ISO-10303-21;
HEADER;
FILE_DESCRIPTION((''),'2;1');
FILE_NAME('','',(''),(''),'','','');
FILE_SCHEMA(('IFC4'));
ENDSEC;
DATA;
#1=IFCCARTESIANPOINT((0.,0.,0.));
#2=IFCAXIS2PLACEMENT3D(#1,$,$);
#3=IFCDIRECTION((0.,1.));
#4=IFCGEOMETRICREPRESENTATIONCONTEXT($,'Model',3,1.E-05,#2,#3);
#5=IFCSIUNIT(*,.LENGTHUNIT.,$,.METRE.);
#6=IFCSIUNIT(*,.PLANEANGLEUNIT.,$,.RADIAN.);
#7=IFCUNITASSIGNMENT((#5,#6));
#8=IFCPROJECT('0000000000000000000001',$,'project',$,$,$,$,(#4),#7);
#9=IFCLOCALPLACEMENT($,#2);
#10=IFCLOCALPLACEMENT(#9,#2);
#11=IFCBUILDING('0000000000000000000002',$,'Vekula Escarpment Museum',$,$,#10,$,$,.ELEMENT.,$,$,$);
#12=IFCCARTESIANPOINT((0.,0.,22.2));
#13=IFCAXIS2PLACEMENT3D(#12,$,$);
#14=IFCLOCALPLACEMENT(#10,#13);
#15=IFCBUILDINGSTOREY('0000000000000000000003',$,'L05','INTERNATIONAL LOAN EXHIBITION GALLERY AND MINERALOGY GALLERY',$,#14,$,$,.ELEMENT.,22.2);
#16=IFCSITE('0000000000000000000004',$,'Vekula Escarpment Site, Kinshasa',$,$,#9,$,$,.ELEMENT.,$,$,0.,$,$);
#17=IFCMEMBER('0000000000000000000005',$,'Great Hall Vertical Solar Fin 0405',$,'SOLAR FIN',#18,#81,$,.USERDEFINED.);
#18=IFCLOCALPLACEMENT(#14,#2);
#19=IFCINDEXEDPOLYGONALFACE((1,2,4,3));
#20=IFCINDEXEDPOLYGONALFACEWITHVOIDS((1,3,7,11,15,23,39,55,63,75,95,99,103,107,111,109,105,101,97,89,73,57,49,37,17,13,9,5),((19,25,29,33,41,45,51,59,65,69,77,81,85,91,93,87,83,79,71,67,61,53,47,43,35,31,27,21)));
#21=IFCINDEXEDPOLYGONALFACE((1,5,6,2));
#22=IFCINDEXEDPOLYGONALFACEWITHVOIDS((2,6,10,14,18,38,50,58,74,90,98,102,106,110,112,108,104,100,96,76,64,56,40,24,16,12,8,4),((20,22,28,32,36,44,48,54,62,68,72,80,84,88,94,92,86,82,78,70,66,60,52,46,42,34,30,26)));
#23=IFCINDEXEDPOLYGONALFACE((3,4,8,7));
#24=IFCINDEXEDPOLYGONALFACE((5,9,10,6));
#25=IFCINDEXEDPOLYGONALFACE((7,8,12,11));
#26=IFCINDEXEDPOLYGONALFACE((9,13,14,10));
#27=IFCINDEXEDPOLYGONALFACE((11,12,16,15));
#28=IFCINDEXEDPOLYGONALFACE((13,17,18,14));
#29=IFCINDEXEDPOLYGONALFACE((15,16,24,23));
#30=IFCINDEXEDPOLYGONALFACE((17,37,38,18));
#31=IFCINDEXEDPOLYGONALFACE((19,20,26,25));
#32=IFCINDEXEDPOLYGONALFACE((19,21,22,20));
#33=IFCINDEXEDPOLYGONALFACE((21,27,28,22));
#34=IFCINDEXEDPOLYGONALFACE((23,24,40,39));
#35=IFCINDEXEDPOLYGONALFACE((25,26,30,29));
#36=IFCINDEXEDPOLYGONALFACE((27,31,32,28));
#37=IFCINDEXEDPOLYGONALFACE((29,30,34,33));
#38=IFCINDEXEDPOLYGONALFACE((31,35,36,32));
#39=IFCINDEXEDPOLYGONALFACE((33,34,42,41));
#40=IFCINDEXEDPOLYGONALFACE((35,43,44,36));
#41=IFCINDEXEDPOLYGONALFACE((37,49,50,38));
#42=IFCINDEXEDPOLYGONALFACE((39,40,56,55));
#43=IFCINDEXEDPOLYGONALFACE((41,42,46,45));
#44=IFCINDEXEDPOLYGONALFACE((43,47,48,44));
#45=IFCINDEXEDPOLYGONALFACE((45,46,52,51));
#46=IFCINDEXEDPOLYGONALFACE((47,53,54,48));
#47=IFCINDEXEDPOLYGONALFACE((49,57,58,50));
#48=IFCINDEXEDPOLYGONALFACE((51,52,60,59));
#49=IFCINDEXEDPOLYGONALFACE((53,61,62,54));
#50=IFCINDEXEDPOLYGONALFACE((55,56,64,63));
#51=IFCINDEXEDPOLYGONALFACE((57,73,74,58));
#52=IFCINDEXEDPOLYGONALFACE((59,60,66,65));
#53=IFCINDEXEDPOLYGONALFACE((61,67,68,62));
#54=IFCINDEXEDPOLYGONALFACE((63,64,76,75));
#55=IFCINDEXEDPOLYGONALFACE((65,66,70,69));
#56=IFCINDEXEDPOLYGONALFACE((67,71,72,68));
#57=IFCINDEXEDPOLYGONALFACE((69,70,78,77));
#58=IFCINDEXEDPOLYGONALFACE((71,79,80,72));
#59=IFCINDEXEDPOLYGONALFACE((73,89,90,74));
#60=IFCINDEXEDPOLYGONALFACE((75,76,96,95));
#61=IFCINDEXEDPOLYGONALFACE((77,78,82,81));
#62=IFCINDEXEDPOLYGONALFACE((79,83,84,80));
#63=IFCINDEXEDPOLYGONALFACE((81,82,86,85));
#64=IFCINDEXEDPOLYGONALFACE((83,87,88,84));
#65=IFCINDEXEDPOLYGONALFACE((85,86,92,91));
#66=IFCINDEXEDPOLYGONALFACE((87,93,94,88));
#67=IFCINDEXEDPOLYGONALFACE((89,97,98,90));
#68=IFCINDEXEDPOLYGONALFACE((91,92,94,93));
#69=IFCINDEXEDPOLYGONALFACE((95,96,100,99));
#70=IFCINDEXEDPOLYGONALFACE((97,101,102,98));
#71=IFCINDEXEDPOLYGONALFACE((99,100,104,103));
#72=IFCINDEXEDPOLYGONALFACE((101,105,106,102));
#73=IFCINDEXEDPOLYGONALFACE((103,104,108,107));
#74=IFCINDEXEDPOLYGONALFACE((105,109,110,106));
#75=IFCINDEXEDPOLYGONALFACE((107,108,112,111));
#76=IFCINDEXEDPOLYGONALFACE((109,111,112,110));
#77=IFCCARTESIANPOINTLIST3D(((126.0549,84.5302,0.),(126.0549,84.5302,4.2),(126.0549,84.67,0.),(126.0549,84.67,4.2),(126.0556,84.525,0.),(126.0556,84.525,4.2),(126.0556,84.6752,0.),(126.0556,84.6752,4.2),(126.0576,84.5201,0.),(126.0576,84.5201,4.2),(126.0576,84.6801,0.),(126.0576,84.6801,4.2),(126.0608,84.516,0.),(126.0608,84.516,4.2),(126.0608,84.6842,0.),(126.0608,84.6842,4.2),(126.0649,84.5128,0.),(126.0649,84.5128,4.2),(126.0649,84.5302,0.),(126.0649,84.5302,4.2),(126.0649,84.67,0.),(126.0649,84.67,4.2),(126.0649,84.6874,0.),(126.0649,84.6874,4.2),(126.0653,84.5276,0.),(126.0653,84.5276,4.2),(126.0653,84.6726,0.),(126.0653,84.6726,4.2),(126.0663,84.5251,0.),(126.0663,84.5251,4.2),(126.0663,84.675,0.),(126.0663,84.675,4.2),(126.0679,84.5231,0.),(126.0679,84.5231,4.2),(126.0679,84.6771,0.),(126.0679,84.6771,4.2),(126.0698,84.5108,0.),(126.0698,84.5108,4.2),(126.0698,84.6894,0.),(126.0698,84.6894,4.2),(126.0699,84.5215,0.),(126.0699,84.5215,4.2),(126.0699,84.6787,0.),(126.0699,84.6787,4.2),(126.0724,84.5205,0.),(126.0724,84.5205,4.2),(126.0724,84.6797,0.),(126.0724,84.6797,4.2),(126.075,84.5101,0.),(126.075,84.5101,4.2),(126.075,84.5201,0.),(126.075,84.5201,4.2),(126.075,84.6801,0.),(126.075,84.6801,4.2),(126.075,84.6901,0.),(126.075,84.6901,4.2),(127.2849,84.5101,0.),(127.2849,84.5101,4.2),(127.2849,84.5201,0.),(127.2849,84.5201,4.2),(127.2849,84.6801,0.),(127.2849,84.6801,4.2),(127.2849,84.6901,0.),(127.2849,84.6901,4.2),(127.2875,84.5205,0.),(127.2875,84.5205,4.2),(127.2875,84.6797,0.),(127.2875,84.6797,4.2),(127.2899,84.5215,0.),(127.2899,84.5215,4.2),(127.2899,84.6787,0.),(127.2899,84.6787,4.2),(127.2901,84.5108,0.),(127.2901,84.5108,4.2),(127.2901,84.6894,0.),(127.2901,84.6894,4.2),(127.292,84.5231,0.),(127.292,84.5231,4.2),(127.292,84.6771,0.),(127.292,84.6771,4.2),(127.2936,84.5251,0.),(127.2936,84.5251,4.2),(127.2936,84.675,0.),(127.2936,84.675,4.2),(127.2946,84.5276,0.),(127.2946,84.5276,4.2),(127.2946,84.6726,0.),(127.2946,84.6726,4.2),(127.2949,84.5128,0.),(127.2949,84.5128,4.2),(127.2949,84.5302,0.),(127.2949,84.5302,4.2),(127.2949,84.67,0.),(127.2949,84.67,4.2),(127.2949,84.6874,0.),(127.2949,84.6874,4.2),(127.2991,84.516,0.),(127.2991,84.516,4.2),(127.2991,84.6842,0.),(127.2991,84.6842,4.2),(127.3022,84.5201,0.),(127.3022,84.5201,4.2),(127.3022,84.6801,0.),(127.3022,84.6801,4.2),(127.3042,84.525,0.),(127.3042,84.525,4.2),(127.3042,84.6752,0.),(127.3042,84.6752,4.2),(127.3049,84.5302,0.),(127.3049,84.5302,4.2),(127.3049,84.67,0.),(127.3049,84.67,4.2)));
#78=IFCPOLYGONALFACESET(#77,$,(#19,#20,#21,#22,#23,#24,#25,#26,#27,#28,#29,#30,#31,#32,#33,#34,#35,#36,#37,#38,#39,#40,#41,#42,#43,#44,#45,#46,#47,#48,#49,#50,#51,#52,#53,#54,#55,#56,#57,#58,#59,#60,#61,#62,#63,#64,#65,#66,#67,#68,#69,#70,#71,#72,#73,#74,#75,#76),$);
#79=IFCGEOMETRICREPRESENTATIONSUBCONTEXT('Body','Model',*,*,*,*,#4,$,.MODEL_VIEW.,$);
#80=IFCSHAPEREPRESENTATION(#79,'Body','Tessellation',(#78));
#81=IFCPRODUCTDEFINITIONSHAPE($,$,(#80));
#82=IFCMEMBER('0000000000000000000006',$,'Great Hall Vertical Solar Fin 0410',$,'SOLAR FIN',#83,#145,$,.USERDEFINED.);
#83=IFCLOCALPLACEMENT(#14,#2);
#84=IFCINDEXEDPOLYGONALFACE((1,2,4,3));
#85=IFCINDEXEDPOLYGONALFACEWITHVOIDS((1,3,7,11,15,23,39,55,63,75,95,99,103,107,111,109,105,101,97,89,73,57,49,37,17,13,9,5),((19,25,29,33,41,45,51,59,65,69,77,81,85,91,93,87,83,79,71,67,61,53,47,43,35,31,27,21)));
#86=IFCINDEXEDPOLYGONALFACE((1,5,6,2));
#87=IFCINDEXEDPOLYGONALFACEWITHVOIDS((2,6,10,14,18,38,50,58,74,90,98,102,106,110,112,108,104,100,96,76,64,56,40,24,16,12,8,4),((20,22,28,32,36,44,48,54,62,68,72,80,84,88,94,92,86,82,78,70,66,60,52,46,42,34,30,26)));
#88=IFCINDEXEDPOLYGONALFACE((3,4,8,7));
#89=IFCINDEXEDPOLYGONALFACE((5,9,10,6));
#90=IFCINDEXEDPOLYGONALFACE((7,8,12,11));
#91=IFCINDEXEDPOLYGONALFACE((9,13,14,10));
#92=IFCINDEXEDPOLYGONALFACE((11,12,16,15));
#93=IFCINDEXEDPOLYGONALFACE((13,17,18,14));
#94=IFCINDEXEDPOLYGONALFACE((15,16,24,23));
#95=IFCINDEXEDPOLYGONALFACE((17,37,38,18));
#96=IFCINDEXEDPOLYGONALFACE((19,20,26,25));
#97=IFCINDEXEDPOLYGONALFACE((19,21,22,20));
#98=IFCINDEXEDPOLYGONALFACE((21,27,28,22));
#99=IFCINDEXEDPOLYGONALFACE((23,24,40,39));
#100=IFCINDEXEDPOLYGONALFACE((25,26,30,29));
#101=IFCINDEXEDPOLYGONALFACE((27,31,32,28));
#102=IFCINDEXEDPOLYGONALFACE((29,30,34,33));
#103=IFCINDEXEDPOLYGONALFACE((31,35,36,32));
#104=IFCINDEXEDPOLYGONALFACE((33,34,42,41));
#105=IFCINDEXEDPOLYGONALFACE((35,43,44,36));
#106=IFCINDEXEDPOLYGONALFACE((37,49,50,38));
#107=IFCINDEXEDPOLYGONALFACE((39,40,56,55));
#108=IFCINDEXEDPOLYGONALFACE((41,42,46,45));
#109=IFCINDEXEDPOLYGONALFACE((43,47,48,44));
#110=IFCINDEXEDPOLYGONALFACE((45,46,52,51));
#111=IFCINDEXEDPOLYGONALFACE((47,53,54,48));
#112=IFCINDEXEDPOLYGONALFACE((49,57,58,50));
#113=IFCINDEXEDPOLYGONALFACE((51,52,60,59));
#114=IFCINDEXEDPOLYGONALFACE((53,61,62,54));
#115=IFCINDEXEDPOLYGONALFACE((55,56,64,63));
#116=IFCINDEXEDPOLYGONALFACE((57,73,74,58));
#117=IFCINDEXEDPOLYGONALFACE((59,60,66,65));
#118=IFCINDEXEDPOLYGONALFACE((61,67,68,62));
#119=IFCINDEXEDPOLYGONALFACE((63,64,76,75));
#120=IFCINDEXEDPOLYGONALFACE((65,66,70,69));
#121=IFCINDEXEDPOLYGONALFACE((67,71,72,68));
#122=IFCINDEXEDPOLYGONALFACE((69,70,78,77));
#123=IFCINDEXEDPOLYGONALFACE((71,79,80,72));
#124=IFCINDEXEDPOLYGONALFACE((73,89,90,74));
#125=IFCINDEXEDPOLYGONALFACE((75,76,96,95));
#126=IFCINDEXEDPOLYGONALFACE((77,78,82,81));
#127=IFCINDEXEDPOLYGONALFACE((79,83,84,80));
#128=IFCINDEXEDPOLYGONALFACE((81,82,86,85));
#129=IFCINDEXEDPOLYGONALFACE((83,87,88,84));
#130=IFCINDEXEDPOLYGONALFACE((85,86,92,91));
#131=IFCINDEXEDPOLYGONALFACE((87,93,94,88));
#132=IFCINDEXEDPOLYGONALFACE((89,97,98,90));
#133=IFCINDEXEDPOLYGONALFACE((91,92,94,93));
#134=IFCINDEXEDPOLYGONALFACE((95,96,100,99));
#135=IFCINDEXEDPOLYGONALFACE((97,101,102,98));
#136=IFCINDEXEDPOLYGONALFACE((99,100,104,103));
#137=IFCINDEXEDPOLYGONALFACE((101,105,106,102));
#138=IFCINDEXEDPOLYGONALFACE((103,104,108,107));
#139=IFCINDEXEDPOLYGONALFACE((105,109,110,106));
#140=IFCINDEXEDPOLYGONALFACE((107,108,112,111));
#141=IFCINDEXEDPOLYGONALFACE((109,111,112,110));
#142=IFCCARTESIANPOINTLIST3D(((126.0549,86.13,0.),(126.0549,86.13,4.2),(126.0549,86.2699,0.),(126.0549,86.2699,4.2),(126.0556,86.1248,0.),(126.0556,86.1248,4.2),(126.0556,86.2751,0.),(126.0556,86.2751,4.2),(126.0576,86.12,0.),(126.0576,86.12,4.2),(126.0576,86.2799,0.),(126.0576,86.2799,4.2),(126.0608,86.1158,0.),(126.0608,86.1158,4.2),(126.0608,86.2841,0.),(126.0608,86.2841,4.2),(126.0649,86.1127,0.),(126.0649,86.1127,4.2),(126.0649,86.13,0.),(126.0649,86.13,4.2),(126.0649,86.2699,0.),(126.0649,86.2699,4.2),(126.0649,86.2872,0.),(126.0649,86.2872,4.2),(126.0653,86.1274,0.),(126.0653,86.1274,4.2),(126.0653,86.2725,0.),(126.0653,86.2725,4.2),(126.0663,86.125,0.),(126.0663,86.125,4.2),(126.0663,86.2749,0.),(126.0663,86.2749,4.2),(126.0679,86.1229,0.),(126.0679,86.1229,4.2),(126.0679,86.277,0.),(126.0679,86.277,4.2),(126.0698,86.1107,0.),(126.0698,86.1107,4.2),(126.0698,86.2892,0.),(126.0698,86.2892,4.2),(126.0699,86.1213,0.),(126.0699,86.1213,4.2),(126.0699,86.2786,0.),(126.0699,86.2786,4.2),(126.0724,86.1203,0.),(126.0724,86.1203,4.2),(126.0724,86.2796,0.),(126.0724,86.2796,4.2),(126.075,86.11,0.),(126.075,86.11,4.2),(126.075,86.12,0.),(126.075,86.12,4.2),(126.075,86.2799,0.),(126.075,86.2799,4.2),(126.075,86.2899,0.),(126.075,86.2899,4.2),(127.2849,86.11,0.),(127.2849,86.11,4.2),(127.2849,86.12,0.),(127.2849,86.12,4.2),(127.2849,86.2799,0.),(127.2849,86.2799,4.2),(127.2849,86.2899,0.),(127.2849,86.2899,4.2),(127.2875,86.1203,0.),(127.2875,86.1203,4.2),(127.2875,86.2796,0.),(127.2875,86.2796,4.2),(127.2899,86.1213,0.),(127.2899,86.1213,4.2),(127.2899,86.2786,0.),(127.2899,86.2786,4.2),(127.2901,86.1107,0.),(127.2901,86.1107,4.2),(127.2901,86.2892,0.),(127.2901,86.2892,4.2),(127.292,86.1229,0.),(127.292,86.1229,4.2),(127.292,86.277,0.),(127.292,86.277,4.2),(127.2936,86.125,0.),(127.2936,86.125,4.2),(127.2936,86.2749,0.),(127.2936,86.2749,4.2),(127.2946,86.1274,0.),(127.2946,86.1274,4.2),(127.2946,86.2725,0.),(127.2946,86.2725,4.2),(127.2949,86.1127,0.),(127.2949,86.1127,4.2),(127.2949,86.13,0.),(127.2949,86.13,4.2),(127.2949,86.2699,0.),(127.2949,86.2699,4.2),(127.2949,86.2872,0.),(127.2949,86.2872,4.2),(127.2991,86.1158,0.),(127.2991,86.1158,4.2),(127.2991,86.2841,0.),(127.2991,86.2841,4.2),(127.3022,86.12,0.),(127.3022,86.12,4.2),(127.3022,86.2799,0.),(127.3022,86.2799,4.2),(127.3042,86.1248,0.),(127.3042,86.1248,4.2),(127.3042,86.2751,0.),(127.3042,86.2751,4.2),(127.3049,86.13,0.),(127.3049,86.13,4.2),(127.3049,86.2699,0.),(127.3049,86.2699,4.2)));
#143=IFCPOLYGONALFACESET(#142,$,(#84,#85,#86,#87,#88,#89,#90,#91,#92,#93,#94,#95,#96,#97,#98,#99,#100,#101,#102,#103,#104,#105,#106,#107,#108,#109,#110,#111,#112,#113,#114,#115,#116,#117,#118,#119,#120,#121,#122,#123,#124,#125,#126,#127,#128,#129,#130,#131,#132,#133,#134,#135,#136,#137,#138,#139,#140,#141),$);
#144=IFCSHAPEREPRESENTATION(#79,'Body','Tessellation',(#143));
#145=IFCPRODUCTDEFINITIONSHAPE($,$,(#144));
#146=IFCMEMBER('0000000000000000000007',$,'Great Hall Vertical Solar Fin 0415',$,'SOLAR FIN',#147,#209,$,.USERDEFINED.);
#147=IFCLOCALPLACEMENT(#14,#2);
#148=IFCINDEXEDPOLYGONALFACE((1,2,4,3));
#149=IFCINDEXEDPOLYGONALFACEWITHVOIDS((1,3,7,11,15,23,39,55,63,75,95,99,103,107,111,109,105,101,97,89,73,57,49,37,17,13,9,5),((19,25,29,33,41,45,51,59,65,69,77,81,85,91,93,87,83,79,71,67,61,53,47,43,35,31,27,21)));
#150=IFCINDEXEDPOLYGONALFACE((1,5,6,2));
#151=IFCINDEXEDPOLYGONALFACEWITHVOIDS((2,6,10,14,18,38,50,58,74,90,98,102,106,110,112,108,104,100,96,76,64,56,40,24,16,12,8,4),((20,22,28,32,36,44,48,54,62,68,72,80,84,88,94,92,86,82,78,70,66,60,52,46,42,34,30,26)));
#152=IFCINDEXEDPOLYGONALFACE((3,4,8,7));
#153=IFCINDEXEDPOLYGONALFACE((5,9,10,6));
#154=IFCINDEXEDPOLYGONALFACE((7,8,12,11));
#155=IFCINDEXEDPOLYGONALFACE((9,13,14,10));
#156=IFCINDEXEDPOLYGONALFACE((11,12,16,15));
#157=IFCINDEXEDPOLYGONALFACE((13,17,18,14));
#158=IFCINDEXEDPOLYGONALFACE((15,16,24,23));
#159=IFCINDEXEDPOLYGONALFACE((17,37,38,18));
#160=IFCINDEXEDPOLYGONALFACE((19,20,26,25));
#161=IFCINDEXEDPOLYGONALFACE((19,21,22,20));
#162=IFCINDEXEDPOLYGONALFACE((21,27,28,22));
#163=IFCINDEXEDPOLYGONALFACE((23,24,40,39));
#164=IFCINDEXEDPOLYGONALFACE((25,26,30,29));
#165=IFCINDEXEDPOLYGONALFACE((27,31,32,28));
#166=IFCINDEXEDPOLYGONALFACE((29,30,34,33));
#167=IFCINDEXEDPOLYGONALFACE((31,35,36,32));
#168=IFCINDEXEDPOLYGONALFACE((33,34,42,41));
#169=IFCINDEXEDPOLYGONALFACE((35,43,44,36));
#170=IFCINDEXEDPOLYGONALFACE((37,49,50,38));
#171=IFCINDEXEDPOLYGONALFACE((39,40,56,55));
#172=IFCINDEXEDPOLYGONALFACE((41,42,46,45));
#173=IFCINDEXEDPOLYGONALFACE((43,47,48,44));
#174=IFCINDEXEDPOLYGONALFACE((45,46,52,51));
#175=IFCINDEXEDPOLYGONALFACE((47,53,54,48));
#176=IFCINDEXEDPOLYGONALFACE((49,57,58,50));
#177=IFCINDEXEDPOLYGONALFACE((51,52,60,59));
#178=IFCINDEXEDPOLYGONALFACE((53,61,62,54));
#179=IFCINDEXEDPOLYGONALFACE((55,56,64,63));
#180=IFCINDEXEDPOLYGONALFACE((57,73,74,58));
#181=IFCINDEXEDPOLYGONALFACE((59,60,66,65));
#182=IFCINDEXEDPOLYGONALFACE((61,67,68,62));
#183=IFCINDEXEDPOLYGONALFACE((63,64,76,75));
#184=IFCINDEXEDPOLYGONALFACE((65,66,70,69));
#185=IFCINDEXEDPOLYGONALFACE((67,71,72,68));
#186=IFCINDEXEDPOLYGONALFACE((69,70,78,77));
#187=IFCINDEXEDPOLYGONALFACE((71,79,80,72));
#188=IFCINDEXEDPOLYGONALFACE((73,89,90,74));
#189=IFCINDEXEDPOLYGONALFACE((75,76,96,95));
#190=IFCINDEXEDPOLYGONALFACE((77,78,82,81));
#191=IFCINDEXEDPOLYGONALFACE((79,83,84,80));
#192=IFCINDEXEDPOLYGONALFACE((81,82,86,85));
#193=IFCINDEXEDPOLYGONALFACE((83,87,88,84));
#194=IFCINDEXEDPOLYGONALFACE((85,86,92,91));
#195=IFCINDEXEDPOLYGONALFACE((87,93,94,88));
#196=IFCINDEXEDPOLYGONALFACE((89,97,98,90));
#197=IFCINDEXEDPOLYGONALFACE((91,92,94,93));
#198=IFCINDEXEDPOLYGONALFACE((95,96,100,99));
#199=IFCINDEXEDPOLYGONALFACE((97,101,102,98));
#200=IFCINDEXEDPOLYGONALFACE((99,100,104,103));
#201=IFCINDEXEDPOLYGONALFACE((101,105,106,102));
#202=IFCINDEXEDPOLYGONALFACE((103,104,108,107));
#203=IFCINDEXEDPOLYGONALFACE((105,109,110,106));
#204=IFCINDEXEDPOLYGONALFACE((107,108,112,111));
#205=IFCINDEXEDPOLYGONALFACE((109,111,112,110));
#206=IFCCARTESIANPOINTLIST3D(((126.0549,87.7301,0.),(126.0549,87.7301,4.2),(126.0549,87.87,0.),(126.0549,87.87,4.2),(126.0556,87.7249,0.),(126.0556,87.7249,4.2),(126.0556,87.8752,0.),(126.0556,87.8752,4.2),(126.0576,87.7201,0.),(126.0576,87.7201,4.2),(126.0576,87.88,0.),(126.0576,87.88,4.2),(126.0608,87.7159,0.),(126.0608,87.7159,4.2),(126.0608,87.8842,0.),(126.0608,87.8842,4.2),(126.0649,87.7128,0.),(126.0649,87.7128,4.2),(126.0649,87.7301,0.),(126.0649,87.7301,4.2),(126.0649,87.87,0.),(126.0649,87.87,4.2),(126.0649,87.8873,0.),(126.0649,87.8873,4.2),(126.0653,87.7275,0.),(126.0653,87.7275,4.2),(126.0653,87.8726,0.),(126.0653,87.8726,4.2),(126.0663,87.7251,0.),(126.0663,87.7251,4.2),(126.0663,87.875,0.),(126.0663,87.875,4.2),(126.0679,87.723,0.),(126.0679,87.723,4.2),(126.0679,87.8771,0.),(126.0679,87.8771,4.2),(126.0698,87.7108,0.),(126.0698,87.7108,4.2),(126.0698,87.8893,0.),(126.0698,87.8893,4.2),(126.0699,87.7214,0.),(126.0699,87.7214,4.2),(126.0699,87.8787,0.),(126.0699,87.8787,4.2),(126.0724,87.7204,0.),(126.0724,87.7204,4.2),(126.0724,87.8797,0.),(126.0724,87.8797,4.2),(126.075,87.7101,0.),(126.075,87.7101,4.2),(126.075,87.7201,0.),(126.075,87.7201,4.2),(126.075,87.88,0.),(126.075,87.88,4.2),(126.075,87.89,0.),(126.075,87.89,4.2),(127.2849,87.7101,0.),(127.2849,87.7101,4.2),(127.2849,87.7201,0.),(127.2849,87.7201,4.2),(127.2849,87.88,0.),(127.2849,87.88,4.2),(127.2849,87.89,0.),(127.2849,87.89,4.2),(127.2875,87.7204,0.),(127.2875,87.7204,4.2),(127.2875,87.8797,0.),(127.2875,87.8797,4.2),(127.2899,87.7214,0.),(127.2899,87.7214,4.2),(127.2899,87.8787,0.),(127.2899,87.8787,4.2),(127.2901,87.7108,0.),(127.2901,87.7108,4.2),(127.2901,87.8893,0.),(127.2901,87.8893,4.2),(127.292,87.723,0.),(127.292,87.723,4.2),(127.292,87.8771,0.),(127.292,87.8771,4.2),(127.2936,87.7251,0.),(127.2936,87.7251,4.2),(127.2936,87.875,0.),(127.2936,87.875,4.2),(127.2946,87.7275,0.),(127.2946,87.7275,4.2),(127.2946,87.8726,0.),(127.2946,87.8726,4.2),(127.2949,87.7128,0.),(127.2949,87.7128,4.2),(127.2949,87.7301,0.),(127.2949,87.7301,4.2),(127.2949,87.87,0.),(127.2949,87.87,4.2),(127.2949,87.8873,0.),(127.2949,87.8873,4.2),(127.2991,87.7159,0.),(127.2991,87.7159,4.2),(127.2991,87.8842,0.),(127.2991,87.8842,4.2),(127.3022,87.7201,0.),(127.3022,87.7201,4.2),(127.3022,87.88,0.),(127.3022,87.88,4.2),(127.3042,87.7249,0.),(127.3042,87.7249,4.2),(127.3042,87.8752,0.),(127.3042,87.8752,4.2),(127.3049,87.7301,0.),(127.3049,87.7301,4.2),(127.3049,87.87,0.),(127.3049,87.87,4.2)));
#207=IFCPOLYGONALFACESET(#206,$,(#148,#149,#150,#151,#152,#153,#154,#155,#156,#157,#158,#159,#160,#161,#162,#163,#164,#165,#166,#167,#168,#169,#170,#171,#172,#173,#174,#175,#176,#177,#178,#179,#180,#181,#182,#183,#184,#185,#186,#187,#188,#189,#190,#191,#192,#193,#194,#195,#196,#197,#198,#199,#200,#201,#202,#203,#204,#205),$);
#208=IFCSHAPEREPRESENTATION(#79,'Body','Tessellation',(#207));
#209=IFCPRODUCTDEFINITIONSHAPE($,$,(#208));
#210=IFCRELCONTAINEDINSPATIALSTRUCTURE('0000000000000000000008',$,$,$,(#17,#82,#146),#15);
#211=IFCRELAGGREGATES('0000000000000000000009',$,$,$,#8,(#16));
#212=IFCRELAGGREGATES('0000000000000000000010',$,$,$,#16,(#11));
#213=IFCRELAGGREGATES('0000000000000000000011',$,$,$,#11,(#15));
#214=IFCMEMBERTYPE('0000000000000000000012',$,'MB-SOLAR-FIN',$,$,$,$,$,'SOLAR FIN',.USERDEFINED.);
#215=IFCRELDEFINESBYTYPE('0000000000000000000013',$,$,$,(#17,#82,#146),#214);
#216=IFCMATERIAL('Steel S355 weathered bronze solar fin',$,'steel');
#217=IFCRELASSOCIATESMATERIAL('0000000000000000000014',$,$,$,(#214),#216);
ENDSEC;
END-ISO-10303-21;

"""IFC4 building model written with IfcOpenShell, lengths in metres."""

from ifc_helpers import new_model, si_unit, direction, frame, origin, origin_2d, place, context, subcontext, project, spatial, hollow_rectangle, extrude, material, material_profile, profile_set, type_object, element, save


model = new_model("IFC4")

# Units and contexts
model_context = context("Model", 3, precision=1e-05, world=origin(), true_north=direction((0.0, 1.0)))
body_context = subcontext(model_context, "Body", "Model", "MODEL_VIEW")
ifc_project = project(units=[si_unit("LENGTHUNIT", "METRE"), si_unit("PLANEANGLEUNIT", "RADIAN")], contexts=[model_context])

# Site, building, storey
site_placement = place(None, origin())
site = spatial("IfcSite", under=ifc_project, at=site_placement, Name="Vekula Escarpment Site, Kinshasa", CompositionType="ELEMENT", RefElevation=0.0)
building_placement = place(site_placement, origin())
building = spatial("IfcBuilding", under=site, at=building_placement, Name="Vekula Escarpment Museum", CompositionType="ELEMENT")
storey_placement = place(building_placement, frame((0.0, 0.0, 22.2)))
storey = spatial("IfcBuildingStorey", under=building, at=storey_placement, Name="L05", Description="INTERNATIONAL LOAN EXHIBITION GALLERY AND MINERALOGY GALLERY", CompositionType="ELEMENT", Elevation=22.2)

# Members
ifc_material_1 = material(Name="Steel S355 weathered bronze solar fin", Category="steel")
ifc_material_profile_1 = material_profile(ifc_material_1, hollow_rectangle(XDim=0.1799, YDim=1.25, WallThickness=0.01, InnerFilletRadius=0.01, OuterFilletRadius=0.02, at=origin_2d()), Name="RHS 1250x180x10")
ifc_profile_set_1 = profile_set([ifc_material_profile_1], Name="Steel S355 weathered bronze solar fin")
member_type_1 = type_object("IfcMemberType", Name="MB-SOLAR-FIN", ElementType="SOLAR FIN", PredefinedType="USERDEFINED", material=ifc_profile_set_1)
for number, where, z_axis, x_axis, name in (
    (1, (126.6799, 84.6001, 0.0), (0.0, 0.0, 1.0), (0.0, 1.0, 0.0), "Great Hall Vertical Solar Fin 0405"),
    (2, (126.6799, 86.2, 0.0), (0.0, 0.0, 1.0), (0.0, 1.0, 0.0), "Great Hall Vertical Solar Fin 0410"),
    (3, (126.6799, 87.8, 0.0), (0.0, 0.0, 1.0), (0.0, 1.0, 0.0), "Great Hall Vertical Solar Fin 0415"),
):
    element("IfcMember", number, at=place(storey_placement, frame(where, z_axis=z_axis, x_axis=x_axis)), inside=storey, type_object=member_type_1, Name=name, ObjectType="SOLAR FIN", PredefinedType="USERDEFINED", context=body_context, shape_type="SweptSolid", body=[
        extrude(hollow_rectangle(XDim=0.1799, YDim=1.25, WallThickness=0.01, InnerFilletRadius=0.01, OuterFilletRadius=0.02, at=origin_2d()), origin(), (0.0, 0.0, 1.0), 4.2),
    ])

save(model, "model.ifc")
